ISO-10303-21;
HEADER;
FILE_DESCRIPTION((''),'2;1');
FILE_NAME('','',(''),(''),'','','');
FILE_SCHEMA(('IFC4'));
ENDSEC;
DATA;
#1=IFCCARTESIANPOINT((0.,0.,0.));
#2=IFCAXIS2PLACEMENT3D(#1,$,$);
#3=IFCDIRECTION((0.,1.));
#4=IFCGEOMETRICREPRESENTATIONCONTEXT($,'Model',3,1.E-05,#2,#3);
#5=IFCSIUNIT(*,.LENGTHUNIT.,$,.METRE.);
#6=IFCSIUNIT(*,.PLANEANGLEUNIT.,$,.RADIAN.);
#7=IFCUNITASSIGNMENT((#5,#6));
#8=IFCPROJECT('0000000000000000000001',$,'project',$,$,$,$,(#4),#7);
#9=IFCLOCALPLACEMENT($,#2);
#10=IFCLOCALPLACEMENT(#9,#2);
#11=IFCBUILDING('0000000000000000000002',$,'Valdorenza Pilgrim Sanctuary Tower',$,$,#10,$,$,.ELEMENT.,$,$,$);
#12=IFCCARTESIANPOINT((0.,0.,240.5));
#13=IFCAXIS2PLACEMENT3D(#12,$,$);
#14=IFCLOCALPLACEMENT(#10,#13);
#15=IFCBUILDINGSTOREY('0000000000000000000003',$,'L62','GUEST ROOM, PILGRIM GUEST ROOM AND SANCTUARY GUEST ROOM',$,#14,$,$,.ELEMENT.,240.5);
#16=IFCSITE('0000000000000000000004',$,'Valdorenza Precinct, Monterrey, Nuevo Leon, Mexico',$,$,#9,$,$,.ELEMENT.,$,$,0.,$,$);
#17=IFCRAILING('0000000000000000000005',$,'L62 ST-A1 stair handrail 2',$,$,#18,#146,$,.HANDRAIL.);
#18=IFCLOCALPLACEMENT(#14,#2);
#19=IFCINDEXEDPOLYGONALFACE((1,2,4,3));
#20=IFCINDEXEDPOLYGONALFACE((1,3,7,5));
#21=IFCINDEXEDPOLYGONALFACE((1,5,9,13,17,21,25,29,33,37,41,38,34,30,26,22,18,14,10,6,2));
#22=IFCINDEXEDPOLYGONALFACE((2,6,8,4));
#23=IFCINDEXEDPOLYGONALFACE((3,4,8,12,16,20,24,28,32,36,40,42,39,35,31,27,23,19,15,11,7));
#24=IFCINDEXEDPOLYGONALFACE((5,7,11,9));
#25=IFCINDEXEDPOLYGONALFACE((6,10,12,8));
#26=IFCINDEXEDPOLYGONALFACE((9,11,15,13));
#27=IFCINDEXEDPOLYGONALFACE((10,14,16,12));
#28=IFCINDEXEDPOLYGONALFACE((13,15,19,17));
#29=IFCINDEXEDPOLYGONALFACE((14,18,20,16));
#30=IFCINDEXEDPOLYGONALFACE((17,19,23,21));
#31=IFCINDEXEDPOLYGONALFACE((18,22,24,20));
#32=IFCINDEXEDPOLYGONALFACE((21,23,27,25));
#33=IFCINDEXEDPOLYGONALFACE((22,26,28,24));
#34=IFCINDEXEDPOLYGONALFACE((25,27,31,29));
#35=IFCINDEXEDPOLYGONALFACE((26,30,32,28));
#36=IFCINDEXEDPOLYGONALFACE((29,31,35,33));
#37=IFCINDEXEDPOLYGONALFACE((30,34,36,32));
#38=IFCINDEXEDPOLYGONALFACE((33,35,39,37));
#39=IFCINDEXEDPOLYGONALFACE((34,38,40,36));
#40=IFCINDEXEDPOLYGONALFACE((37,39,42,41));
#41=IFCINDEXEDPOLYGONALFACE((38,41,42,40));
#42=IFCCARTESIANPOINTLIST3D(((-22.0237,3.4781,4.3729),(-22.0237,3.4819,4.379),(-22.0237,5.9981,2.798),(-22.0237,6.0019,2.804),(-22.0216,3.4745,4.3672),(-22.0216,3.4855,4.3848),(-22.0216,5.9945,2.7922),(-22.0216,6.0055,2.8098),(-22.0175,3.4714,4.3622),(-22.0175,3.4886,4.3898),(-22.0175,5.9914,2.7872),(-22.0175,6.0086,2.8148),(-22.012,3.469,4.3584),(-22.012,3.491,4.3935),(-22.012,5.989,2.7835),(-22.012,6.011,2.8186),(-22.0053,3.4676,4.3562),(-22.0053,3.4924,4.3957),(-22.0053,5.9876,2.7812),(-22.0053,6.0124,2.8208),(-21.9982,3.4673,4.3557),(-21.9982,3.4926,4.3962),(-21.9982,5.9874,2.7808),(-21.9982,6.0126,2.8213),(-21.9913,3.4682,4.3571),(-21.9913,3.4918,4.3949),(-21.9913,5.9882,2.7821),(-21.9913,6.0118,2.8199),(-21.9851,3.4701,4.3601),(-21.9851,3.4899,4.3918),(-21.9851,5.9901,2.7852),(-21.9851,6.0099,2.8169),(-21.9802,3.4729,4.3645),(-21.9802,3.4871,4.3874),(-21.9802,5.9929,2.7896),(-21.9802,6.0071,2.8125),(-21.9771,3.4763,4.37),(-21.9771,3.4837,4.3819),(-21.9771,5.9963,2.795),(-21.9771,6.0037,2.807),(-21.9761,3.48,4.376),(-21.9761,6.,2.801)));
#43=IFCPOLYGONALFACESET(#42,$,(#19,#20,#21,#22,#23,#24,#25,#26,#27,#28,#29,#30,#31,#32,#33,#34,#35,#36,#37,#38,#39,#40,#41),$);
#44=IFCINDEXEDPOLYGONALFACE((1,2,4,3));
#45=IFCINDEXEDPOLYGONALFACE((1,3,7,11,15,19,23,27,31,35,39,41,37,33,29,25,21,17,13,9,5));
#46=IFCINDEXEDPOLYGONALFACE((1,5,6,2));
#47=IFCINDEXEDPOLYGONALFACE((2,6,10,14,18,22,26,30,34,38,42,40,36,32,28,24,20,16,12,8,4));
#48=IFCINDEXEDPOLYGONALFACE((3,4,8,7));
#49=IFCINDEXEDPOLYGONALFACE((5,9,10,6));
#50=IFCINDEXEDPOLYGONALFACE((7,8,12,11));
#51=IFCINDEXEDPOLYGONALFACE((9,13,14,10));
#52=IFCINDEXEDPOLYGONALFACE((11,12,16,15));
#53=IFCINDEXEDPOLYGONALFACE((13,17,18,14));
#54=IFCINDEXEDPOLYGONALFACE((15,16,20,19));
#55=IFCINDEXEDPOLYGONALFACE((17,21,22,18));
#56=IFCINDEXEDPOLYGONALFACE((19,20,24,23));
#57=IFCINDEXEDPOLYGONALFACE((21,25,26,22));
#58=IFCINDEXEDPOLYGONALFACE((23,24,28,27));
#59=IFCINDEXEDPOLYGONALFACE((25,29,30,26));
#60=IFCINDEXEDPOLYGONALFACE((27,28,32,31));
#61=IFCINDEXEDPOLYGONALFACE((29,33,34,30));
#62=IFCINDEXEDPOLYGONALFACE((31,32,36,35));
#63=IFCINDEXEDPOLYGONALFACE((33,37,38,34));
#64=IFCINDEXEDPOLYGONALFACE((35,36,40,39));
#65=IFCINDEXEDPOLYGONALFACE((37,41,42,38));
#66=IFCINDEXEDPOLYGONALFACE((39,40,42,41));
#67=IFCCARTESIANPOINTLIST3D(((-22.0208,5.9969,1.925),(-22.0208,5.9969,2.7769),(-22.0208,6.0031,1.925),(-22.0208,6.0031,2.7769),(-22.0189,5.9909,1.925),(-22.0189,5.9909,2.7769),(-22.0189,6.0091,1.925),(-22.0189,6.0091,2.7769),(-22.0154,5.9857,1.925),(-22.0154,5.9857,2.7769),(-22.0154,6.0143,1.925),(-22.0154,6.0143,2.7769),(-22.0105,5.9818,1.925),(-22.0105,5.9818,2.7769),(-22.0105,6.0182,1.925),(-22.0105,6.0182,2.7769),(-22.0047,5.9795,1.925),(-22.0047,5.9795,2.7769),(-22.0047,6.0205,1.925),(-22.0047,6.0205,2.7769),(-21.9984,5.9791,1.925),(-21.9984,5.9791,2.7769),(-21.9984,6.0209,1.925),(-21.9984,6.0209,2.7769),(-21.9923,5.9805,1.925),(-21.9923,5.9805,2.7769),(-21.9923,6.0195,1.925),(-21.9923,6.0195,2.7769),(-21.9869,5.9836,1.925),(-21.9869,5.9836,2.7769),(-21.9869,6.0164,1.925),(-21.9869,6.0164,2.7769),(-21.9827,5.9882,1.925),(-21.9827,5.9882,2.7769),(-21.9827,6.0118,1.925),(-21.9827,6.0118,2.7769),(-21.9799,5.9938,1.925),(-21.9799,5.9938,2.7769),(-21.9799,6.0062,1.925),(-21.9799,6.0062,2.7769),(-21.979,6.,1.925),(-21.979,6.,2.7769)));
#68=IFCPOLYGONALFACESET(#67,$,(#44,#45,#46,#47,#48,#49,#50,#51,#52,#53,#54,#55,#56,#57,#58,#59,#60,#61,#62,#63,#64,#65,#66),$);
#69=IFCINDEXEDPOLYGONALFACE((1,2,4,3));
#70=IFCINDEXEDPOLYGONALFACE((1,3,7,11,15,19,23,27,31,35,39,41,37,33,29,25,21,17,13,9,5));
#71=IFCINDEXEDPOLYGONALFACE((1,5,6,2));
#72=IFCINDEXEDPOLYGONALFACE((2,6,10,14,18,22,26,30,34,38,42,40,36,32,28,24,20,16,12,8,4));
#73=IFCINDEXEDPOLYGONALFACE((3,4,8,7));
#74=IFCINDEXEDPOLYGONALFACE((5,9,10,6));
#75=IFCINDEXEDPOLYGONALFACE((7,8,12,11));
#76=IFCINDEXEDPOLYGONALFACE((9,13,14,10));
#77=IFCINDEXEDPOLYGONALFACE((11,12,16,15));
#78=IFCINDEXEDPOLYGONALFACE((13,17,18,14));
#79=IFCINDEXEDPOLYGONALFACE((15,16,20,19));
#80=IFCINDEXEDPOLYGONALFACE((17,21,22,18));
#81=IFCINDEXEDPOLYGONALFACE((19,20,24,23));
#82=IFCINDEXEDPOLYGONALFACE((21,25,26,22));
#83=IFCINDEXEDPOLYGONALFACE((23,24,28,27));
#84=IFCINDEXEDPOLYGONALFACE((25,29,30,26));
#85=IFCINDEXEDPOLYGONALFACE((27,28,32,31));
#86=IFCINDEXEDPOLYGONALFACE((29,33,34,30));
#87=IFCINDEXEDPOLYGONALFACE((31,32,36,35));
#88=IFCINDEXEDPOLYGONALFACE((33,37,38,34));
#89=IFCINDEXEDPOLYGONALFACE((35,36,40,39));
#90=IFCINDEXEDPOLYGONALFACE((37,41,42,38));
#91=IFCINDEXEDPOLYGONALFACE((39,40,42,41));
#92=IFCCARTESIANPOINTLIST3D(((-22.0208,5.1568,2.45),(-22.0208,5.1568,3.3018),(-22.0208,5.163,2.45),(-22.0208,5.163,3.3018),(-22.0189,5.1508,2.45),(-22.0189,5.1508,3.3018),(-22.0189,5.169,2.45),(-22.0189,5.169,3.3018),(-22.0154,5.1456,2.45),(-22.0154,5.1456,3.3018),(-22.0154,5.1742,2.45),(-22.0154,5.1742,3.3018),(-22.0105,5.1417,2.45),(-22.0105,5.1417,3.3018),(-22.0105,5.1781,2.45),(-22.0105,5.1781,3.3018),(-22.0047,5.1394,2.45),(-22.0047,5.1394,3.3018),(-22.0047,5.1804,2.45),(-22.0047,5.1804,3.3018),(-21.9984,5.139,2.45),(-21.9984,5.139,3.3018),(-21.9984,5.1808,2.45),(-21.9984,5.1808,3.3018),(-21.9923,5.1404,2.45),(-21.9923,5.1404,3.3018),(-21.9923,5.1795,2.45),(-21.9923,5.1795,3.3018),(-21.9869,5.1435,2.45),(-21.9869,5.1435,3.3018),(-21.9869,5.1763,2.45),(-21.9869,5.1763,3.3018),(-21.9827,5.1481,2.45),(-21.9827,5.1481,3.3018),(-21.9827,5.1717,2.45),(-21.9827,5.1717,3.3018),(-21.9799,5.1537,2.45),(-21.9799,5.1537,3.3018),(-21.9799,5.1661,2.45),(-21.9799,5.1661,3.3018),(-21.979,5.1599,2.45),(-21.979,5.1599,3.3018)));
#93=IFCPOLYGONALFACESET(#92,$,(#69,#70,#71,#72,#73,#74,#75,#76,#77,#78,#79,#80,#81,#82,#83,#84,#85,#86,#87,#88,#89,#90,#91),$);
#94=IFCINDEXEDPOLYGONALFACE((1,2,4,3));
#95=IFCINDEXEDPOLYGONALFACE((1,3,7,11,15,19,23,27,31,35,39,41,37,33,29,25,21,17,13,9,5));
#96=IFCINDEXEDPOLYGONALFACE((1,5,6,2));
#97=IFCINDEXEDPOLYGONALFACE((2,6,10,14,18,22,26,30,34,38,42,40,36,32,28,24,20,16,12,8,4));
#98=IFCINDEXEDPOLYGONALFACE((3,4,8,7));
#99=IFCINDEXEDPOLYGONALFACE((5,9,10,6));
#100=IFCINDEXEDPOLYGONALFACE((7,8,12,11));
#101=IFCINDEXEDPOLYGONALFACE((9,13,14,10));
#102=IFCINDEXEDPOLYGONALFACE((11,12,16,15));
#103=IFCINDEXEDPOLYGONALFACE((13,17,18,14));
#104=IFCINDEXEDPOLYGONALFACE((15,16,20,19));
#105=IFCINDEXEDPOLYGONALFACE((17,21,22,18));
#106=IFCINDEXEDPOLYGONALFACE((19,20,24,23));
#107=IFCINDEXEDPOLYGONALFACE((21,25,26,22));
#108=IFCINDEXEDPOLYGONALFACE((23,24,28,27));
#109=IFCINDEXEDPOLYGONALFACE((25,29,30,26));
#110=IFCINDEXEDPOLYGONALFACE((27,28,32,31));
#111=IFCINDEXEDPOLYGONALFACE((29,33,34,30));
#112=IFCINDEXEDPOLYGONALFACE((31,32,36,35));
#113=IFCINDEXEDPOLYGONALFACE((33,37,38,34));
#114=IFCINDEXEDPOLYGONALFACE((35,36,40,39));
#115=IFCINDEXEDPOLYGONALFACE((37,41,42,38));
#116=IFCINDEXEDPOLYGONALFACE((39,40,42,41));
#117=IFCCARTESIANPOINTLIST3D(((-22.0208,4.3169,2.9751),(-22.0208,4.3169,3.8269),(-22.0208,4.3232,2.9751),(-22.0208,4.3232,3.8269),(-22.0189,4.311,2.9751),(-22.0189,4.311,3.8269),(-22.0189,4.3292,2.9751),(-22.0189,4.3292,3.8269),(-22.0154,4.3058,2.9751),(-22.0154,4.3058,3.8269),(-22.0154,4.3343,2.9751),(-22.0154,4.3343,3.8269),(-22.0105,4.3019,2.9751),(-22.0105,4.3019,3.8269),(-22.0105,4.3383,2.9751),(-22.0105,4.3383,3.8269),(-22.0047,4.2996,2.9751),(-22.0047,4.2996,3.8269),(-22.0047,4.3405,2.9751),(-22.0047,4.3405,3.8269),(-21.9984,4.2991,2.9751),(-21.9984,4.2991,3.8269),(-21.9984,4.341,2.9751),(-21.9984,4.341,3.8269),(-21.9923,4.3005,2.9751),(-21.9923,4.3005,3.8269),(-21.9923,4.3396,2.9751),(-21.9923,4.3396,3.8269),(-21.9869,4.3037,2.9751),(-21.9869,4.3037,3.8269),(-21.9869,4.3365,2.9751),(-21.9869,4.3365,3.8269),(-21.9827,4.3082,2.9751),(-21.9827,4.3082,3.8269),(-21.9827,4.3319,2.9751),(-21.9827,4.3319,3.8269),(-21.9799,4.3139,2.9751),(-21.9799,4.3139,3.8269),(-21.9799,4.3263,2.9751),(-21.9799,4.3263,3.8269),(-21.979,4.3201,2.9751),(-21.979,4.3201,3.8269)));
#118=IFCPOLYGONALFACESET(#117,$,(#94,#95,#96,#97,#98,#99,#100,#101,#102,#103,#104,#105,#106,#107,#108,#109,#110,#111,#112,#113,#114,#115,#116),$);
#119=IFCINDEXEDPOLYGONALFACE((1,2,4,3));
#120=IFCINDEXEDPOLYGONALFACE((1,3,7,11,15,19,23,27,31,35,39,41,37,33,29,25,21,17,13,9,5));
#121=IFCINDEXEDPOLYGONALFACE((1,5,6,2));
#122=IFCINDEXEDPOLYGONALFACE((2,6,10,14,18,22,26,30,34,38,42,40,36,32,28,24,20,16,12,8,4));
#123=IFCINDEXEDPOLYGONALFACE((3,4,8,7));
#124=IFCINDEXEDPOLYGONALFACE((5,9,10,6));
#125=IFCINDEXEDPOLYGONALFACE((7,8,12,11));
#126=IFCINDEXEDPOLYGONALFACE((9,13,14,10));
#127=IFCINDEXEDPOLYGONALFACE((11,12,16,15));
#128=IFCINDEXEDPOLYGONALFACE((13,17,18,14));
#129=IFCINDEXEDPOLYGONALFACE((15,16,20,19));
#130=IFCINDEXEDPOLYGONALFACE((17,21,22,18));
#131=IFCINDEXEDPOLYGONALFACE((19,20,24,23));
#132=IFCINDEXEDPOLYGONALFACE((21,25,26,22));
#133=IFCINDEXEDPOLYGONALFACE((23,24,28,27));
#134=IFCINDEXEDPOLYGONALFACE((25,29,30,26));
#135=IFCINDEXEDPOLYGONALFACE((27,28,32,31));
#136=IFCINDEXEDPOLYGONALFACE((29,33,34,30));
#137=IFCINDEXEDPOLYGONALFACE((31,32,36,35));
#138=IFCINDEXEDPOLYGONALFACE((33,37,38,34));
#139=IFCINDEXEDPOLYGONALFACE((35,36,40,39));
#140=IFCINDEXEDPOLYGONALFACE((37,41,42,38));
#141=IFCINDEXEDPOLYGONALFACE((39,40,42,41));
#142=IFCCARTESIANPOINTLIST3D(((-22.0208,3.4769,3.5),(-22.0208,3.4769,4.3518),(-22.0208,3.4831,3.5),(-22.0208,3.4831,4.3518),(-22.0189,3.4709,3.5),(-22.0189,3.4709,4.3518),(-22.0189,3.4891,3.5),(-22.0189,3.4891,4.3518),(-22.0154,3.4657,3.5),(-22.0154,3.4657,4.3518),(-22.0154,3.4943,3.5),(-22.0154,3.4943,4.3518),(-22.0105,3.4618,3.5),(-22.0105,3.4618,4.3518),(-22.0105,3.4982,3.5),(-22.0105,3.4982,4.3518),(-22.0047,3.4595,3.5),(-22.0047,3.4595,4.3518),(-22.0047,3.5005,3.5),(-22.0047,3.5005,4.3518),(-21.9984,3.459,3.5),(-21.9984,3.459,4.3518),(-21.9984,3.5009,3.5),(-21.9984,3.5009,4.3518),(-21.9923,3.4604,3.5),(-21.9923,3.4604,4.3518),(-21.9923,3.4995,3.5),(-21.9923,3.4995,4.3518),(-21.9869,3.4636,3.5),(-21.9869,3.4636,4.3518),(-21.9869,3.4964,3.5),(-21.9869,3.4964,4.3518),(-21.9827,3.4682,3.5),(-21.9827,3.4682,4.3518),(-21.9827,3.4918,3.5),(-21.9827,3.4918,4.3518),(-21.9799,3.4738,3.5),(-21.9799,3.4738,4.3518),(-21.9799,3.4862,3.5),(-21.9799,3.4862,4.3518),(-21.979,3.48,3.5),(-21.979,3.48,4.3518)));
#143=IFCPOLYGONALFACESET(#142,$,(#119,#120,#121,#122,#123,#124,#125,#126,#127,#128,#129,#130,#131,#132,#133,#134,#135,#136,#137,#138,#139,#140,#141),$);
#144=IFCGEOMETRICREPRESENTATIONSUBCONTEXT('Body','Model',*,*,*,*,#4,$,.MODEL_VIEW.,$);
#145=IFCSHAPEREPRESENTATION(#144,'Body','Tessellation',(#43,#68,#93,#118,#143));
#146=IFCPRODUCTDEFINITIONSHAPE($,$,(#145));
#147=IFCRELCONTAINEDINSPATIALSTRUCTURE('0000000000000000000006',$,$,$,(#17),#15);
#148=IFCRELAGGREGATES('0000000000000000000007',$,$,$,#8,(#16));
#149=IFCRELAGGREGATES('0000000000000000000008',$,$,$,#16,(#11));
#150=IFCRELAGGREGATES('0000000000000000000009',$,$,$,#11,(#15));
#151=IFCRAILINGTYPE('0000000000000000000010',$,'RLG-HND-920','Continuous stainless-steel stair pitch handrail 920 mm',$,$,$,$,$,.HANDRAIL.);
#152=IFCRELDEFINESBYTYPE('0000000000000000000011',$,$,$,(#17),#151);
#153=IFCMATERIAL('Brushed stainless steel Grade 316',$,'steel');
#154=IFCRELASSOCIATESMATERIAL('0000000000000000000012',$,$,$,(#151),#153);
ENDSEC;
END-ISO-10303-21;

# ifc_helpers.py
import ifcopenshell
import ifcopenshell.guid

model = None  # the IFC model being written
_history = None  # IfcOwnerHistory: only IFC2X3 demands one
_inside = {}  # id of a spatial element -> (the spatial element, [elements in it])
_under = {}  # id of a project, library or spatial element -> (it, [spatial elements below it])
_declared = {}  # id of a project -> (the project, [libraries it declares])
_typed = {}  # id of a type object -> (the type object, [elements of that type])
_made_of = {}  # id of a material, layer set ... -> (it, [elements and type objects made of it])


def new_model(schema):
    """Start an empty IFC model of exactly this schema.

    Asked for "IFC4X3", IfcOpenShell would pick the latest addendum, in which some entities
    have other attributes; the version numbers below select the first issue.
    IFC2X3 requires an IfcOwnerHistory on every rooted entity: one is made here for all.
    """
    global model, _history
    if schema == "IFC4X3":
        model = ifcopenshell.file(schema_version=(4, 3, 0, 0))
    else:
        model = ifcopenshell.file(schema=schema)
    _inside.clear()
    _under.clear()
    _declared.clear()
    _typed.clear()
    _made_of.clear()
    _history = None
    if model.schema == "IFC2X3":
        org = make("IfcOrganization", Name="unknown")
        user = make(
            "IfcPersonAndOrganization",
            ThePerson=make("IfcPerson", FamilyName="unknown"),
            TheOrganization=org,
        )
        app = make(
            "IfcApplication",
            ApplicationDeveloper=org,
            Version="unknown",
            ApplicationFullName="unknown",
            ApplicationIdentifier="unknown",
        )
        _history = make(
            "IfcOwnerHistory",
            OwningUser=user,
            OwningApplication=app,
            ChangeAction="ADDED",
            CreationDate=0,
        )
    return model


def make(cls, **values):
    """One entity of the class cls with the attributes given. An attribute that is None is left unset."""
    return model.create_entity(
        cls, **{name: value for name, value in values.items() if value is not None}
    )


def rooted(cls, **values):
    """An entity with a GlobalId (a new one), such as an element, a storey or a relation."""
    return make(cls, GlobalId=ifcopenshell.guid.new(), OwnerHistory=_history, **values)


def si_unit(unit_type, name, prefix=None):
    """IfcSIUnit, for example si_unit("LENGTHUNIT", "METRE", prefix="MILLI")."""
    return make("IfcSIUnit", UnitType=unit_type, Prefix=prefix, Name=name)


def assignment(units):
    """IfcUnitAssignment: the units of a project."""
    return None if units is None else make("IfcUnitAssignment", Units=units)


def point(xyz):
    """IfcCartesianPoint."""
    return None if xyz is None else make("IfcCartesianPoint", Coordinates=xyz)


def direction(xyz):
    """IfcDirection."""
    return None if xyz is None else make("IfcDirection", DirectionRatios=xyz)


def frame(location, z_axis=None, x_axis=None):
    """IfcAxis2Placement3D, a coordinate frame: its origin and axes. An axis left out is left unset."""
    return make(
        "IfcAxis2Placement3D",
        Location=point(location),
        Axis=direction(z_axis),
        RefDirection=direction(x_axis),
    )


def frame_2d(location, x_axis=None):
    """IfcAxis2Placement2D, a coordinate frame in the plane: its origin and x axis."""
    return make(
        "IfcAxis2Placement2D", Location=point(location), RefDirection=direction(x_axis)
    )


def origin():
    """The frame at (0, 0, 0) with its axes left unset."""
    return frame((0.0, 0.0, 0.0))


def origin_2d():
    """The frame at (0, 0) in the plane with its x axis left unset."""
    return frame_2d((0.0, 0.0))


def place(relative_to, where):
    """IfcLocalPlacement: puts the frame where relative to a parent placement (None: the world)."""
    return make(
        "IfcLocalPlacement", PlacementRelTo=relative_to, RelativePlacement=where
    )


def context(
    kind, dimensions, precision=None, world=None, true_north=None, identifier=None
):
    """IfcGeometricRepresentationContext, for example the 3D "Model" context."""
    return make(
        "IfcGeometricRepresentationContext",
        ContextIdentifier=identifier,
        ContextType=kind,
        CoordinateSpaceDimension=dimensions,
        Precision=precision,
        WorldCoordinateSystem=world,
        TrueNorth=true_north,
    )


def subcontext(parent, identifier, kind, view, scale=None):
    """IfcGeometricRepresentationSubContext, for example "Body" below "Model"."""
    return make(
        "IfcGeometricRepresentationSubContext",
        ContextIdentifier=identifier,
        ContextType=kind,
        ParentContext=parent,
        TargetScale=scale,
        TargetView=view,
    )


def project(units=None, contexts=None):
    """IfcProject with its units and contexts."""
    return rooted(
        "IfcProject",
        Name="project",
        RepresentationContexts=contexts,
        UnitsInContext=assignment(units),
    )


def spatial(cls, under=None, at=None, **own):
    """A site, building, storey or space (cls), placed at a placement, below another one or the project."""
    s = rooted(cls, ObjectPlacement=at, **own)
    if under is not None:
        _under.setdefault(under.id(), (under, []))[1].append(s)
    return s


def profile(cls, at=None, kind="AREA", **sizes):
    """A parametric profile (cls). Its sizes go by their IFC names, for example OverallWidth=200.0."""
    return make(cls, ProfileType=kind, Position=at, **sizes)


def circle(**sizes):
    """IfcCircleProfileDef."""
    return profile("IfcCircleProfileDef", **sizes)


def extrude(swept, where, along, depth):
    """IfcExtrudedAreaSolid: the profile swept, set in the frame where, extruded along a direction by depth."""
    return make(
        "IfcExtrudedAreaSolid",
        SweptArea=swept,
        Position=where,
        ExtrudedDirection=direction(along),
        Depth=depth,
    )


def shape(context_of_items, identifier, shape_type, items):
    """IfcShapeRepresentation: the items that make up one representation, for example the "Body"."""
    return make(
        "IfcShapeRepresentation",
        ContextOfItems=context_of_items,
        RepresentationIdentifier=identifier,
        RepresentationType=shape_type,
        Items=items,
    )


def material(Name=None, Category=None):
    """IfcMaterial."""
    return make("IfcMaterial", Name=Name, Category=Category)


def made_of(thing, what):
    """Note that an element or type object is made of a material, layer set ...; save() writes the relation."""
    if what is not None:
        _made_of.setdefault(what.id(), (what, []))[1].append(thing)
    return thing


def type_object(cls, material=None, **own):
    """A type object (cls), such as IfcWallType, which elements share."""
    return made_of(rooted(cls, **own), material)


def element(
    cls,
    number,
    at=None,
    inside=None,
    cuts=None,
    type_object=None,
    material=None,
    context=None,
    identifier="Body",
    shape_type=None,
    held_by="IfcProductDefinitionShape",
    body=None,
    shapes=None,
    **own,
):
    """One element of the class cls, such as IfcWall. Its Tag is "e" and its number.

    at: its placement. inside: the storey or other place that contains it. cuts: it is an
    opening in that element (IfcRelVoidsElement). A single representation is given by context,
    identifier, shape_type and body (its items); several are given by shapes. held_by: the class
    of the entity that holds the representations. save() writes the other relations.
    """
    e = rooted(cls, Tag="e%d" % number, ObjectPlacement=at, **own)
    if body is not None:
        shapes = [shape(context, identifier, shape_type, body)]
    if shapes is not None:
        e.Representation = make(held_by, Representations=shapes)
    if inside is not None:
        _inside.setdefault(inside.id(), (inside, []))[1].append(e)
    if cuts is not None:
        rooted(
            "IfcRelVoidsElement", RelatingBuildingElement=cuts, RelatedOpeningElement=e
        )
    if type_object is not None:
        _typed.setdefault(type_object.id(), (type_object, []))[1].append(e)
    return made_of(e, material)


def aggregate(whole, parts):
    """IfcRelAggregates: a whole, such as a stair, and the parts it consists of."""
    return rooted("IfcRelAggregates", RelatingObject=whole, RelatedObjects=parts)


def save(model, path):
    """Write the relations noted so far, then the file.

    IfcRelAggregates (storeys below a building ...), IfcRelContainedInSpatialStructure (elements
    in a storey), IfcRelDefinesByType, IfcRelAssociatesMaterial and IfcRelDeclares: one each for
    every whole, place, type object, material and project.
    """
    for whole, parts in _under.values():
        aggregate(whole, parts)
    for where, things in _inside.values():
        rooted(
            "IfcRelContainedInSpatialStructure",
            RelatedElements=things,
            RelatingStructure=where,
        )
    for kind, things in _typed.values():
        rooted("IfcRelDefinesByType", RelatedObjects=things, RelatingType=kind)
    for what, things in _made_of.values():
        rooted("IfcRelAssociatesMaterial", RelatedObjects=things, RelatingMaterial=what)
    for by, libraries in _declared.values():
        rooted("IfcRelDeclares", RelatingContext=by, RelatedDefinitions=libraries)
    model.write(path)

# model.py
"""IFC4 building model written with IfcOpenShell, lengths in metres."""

from ifc_helpers import new_model, si_unit, direction, frame, origin, origin_2d, place, context, subcontext, project, spatial, circle, extrude, material, type_object, element, save


model = new_model("IFC4")

# Units and contexts
model_context = context("Model", 3, precision=1e-05, world=origin(), true_north=direction((0.0, 1.0)))
body_context = subcontext(model_context, "Body", "Model", "MODEL_VIEW")
ifc_project = project(units=[si_unit("LENGTHUNIT", "METRE"), si_unit("PLANEANGLEUNIT", "RADIAN")], contexts=[model_context])

# Site, building, storey
site_placement = place(None, origin())
site = spatial("IfcSite", under=ifc_project, at=site_placement, Name="Valdorenza Precinct, Monterrey, Nuevo Leon, Mexico", CompositionType="ELEMENT", RefElevation=0.0)
building_placement = place(site_placement, origin())
building = spatial("IfcBuilding", under=site, at=building_placement, Name="Valdorenza Pilgrim Sanctuary Tower", CompositionType="ELEMENT")
storey_placement = place(building_placement, frame((0.0, 0.0, 240.5)))
storey = spatial("IfcBuildingStorey", under=building, at=storey_placement, Name="L62", Description="GUEST ROOM, PILGRIM GUEST ROOM AND SANCTUARY GUEST ROOM", CompositionType="ELEMENT", Elevation=240.5)

# Railing
ifc_material_1 = material(Name="Brushed stainless steel Grade 316", Category="steel")
railing_type_1 = type_object("IfcRailingType", Name="RLG-HND-920", Description="Continuous stainless-steel stair pitch handrail 920 mm", PredefinedType="HANDRAIL", material=ifc_material_1)
railing_1_placement = place(storey_placement, frame((-22.0, 6.0, 1.925)))
element("IfcRailing", 1, at=railing_1_placement, inside=storey, type_object=railing_type_1, Name="L62 ST-A1 stair handrail 2", PredefinedType="HANDRAIL", context=body_context, shape_type="SweptSolid", body=[
    extrude(circle(Radius=0.0239, at=origin_2d()), frame((0.0, 0.0, 0.876), z_axis=(0.0, -0.848008, 0.529984), x_axis=(1.0, 0.0, 0.0)), (0.0, 0.0, 1.0), 2.9717),
    extrude(circle(Radius=0.021, at=origin_2d()), origin(), (0.0, 0.0, 1.0), 0.8518),
    extrude(circle(Radius=0.021, at=origin_2d()), frame((0.0, -0.8401, 0.5249)), (0.0, 0.0, 1.0), 0.8518),
    extrude(circle(Radius=0.021, at=origin_2d()), frame((0.0, -1.6799, 1.05)), (0.0, 0.0, 1.0), 0.8518),
    extrude(circle(Radius=0.021, at=origin_2d()), frame((0.0, -2.52, 1.575)), (0.0, 0.0, 1.0), 0.8518),
])

save(model, "model.ifc")
